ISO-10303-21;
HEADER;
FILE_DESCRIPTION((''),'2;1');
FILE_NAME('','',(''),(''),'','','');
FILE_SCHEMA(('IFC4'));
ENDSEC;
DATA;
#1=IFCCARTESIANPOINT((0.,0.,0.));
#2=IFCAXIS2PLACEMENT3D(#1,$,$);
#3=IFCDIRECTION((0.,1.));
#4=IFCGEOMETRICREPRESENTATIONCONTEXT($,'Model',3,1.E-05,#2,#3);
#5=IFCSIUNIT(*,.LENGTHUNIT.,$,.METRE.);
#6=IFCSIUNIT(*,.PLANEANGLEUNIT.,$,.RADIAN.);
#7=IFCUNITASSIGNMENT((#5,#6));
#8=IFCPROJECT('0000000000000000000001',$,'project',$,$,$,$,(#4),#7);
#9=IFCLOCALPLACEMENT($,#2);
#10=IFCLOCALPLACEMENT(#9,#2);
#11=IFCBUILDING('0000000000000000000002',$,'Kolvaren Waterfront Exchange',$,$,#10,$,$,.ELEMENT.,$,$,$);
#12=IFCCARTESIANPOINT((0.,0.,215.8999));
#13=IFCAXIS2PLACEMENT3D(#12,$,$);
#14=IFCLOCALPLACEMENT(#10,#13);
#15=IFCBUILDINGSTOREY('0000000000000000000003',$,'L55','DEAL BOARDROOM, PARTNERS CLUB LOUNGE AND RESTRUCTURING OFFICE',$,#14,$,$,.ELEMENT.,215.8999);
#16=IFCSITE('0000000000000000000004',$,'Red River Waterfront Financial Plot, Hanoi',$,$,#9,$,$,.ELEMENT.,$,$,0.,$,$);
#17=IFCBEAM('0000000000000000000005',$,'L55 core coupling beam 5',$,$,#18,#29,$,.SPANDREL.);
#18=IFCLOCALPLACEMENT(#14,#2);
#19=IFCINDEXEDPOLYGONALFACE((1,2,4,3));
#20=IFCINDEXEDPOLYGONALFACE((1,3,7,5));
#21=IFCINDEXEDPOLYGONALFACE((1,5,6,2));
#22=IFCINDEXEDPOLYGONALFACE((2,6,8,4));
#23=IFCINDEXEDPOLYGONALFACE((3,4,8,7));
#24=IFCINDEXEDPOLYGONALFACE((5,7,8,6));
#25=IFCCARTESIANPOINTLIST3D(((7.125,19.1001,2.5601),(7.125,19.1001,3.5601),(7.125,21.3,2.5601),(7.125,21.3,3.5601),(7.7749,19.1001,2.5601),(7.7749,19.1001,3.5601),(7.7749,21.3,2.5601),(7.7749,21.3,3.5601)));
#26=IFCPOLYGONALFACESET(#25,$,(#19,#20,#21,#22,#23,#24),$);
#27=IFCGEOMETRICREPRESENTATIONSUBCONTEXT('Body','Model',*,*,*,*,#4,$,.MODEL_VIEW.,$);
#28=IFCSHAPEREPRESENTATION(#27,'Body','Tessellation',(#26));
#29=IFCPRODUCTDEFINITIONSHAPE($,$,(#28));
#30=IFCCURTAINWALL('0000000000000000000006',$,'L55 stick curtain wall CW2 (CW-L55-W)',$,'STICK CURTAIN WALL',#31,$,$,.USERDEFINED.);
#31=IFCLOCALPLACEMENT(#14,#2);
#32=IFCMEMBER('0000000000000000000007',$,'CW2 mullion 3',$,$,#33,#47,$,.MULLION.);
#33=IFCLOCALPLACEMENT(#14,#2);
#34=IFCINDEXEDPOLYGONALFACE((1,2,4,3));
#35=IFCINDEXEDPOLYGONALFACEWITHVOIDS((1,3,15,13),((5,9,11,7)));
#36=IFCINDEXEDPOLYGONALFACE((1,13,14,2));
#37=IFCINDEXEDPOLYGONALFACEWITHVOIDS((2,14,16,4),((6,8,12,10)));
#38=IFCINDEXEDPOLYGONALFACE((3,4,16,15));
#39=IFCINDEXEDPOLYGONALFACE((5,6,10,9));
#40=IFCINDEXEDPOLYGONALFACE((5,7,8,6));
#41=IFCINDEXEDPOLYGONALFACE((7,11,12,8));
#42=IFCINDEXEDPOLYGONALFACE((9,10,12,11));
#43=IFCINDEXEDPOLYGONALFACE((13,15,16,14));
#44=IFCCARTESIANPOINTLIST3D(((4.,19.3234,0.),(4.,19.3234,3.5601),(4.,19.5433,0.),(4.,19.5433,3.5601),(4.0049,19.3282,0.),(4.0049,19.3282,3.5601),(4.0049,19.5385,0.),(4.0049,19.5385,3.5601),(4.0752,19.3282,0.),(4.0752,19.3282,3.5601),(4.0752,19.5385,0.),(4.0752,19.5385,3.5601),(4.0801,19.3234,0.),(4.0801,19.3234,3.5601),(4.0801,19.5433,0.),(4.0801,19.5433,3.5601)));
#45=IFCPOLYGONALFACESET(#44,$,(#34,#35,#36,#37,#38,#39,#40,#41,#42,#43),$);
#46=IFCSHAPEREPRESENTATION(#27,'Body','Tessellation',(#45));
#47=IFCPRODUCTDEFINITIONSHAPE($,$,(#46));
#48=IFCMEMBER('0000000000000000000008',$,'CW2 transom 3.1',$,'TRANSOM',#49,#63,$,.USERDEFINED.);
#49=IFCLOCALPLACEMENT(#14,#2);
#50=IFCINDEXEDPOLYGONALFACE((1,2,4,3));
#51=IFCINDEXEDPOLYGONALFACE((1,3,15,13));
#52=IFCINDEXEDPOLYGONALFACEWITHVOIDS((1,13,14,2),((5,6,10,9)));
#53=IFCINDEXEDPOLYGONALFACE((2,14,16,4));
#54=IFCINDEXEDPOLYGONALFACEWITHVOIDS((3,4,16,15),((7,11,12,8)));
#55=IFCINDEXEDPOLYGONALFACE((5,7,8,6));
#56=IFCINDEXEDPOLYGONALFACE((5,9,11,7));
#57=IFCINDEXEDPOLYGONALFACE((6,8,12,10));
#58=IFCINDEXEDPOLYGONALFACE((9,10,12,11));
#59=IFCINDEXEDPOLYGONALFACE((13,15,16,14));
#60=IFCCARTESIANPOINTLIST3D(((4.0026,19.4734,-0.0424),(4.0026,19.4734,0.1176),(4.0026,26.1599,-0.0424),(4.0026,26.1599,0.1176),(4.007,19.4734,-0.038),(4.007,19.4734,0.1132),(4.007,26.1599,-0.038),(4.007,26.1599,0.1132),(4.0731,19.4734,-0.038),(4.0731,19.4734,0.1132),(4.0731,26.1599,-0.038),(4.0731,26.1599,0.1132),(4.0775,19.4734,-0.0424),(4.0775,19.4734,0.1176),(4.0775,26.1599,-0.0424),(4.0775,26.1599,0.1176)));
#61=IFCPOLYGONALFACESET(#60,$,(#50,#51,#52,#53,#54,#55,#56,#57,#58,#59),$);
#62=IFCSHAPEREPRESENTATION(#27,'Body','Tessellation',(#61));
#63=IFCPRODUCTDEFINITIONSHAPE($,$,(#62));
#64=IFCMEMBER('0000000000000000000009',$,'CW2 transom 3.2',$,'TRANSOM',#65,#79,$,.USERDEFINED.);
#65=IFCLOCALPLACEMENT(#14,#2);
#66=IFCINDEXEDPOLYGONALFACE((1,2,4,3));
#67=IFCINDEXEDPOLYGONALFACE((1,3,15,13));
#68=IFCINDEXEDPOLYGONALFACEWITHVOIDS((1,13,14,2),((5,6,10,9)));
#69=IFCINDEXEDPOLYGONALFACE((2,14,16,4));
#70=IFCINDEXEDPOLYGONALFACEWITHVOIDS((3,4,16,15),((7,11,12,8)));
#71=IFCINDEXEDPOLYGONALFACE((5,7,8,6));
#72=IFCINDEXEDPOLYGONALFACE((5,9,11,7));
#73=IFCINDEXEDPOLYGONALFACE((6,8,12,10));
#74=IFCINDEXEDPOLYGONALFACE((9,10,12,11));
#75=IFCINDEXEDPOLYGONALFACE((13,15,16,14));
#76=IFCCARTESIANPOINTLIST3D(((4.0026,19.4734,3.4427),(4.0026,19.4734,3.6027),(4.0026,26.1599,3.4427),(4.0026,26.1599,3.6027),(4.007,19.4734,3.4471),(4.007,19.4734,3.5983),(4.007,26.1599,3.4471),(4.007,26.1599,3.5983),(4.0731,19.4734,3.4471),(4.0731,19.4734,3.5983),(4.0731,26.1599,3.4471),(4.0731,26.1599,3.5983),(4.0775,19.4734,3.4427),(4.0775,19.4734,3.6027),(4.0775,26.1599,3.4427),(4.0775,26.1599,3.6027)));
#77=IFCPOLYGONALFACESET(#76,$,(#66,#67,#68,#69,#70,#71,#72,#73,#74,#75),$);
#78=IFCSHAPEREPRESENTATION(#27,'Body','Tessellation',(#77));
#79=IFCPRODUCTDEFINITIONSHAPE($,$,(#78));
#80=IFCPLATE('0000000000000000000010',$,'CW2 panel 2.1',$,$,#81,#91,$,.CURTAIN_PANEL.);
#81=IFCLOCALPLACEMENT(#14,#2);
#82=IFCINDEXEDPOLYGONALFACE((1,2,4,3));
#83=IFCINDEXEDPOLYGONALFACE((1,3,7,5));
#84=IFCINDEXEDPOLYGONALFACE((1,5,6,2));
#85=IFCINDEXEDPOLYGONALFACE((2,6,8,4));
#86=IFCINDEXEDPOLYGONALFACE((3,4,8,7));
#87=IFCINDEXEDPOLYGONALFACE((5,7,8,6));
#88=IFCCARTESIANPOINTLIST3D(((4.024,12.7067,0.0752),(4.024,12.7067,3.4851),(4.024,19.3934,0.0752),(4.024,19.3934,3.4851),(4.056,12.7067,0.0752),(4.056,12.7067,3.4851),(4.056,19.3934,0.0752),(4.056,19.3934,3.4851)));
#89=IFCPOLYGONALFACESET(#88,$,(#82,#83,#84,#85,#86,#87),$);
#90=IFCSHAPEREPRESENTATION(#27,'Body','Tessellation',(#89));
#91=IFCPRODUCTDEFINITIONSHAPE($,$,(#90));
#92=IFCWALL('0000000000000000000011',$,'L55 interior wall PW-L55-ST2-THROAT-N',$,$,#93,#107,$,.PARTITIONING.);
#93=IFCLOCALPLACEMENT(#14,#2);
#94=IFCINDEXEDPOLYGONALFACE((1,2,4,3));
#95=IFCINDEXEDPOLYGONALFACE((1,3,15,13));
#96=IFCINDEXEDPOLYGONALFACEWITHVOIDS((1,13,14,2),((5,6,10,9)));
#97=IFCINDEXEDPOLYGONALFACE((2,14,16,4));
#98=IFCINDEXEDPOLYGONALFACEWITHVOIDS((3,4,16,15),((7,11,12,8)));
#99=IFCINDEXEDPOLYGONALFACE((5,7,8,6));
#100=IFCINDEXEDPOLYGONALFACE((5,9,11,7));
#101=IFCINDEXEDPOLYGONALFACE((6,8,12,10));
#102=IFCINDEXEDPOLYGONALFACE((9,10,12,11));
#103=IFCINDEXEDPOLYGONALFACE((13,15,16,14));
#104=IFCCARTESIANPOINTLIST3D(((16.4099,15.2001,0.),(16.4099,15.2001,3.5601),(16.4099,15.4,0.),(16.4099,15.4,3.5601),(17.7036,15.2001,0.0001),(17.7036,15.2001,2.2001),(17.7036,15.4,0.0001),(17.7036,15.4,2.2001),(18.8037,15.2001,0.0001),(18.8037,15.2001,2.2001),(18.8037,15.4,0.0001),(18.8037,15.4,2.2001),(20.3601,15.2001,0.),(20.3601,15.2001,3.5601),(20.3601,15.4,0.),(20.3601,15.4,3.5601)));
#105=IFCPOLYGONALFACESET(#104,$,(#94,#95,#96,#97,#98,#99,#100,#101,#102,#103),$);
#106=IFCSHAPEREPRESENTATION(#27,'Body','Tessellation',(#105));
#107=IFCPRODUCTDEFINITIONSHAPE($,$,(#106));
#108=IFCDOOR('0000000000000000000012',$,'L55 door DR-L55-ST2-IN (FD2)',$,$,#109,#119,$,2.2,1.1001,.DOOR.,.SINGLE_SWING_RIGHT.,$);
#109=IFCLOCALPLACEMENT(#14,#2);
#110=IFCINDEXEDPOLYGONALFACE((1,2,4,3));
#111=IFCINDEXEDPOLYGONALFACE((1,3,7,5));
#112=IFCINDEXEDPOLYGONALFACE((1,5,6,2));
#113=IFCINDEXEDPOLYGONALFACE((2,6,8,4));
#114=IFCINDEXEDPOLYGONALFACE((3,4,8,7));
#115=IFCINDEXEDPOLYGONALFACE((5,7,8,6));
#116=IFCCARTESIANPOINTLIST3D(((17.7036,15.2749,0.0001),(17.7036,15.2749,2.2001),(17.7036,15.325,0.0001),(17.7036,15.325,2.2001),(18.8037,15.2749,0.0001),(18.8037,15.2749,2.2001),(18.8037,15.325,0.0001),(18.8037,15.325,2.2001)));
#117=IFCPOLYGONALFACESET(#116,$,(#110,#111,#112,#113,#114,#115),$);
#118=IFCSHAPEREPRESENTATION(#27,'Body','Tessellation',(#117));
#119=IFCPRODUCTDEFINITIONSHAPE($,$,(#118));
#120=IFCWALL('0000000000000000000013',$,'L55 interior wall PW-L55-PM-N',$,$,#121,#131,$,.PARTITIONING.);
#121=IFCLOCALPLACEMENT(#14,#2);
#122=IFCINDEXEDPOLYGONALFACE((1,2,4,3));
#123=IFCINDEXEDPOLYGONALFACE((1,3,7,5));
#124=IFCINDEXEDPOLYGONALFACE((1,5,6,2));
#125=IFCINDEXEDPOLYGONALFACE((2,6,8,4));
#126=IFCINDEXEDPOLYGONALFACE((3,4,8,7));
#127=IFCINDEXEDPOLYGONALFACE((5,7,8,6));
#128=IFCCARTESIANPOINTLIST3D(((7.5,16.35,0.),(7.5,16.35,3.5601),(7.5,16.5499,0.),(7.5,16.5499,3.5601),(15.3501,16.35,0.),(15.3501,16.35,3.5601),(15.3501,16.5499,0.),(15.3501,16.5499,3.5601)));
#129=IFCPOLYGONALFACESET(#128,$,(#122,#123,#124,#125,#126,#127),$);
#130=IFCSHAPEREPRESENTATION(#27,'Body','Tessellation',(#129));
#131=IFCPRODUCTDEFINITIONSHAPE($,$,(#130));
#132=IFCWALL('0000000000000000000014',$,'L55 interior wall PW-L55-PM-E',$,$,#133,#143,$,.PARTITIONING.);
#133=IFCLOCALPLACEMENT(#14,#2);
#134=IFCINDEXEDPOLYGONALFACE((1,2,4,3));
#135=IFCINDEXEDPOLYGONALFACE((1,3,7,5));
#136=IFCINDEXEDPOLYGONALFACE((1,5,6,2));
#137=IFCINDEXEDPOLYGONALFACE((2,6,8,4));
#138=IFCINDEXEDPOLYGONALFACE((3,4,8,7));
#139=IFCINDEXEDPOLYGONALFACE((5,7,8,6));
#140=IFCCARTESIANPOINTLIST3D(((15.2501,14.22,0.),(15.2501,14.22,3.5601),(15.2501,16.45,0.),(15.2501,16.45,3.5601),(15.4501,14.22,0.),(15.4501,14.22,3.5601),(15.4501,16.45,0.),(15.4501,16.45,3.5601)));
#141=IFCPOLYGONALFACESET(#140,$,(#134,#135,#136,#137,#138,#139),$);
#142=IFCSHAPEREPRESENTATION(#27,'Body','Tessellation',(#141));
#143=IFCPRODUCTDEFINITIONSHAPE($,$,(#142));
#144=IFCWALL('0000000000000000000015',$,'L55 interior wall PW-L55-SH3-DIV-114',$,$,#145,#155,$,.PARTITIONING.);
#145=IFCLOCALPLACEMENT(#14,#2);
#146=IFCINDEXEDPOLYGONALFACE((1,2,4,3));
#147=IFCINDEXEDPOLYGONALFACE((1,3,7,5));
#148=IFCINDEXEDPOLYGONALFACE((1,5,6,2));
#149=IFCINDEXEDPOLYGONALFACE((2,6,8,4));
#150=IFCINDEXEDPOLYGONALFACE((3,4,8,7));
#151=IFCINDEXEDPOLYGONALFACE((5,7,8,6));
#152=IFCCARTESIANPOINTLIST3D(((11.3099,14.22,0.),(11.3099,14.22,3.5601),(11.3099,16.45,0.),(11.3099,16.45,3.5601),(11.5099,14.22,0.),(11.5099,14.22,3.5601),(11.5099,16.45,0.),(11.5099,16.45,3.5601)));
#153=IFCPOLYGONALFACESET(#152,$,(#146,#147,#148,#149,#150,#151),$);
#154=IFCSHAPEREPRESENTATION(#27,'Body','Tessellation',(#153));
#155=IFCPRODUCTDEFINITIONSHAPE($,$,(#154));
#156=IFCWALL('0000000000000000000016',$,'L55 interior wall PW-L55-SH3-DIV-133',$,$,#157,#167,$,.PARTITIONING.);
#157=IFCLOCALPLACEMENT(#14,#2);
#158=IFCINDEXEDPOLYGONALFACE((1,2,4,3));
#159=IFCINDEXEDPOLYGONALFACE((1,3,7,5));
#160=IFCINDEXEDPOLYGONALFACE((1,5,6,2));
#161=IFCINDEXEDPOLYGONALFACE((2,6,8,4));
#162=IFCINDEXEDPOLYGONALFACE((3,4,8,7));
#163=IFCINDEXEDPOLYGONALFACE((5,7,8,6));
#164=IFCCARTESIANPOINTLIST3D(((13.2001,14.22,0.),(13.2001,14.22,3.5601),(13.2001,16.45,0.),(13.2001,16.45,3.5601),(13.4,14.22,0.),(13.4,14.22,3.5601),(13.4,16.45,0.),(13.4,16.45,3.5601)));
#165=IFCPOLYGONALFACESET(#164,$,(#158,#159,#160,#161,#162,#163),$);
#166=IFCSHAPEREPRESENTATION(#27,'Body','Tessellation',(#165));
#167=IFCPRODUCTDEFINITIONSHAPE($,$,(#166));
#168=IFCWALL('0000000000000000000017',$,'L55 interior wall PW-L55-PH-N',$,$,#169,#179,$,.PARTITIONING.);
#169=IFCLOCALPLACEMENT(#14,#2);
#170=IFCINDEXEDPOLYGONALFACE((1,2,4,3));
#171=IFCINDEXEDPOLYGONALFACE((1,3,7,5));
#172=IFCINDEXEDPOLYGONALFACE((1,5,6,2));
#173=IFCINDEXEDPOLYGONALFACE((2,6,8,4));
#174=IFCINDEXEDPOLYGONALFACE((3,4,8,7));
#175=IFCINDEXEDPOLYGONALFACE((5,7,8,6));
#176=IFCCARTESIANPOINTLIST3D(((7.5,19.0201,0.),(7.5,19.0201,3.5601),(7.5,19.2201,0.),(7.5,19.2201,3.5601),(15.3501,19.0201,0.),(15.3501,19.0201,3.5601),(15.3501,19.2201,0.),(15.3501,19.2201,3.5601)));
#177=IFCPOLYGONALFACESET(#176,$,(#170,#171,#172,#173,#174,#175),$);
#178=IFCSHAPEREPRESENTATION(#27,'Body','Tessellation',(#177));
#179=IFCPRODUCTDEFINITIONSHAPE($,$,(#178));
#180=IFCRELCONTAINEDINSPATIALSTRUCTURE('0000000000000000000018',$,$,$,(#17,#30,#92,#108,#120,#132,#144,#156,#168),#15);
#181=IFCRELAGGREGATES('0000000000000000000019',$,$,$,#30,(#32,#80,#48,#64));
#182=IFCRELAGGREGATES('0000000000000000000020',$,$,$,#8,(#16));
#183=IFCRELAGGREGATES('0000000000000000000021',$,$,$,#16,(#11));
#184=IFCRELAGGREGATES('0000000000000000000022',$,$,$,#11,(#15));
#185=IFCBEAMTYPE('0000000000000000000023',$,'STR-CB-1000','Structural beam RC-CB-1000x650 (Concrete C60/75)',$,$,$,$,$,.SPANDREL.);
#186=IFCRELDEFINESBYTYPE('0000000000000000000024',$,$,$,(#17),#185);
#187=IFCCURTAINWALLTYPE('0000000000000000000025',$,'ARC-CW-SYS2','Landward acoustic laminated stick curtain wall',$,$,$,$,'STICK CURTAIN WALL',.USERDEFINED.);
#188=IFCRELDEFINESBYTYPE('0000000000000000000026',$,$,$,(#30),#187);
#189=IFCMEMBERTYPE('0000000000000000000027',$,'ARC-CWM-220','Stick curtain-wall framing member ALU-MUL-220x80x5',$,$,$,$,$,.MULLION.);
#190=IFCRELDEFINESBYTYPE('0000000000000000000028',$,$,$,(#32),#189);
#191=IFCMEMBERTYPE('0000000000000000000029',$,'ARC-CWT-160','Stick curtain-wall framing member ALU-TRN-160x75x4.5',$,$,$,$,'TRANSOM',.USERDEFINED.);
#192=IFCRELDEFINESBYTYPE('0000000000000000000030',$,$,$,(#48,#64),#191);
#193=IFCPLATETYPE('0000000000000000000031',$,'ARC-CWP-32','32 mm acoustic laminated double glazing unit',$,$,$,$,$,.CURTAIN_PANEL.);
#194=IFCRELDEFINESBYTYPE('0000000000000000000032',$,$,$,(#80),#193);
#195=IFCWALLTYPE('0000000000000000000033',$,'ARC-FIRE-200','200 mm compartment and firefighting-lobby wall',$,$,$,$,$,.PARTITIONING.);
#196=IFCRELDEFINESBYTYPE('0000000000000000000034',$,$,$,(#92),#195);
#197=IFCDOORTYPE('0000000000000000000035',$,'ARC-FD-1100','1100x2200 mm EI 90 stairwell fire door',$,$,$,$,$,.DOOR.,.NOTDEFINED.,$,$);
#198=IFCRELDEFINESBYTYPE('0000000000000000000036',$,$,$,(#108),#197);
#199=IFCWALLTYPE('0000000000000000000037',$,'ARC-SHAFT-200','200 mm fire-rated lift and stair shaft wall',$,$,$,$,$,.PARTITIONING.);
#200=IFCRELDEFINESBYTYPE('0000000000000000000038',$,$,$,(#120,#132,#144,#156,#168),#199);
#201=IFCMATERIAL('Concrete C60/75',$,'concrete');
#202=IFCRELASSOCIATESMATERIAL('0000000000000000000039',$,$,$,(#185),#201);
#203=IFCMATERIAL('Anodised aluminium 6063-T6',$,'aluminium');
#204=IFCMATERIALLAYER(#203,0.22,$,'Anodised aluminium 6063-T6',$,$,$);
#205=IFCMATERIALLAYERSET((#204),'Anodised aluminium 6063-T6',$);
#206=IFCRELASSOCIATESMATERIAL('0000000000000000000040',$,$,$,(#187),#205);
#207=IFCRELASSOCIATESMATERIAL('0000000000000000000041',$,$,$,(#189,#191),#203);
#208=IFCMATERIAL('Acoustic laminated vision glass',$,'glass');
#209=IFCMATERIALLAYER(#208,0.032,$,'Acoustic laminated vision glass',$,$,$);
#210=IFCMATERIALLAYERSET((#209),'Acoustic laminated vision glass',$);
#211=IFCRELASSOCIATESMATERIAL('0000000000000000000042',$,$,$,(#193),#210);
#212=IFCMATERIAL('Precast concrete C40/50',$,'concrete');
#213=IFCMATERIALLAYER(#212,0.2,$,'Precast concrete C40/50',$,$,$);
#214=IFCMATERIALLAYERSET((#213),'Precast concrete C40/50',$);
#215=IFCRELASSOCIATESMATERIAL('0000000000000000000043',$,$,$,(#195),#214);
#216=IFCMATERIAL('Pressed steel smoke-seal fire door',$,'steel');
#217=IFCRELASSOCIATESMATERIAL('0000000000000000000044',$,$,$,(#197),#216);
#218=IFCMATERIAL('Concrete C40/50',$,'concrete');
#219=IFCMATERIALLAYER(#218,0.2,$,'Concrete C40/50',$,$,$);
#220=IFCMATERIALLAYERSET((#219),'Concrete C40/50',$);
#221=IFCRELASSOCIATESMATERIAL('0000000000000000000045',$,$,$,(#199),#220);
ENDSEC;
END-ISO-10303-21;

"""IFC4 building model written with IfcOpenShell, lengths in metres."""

from ifc_helpers import new_model, si_unit, direction, frame, frame_2d, origin, origin_with_axes, origin_2d, place, context, subcontext, project, spatial, rectangle, hollow_rectangle, extrude, source, transform, mapped, material, layer, layer_set, material_profile, profile_set, type_object, element, fill, aggregate, save


model = new_model("IFC4")

# Units and contexts
model_context = context("Model", 3, precision=1e-05, world=origin(), true_north=direction((0.0, 1.0)))
body_context = subcontext(model_context, "Body", "Model", "MODEL_VIEW")
ifc_project = project(units=[si_unit("LENGTHUNIT", "METRE"), si_unit("PLANEANGLEUNIT", "RADIAN")], contexts=[model_context])

# Site, building, storey
site_placement = place(None, origin())
site = spatial("IfcSite", under=ifc_project, at=site_placement, Name="Red River Waterfront Financial Plot, Hanoi", CompositionType="ELEMENT", RefElevation=0.0)
building_placement = place(site_placement, origin())
building = spatial("IfcBuilding", under=site, at=building_placement, Name="Kolvaren Waterfront Exchange", CompositionType="ELEMENT")
storey_placement = place(building_placement, frame((0.0, 0.0, 215.8999)))
storey = spatial("IfcBuildingStorey", under=building, at=storey_placement, Name="L55", Description="DEAL BOARDROOM, PARTNERS CLUB LOUNGE AND RESTRUCTURING OFFICE", CompositionType="ELEMENT", Elevation=215.8999)

# Beam
ifc_material_1 = material(Name="Concrete C60/75", Category="concrete")
ifc_material_profile_1 = material_profile(ifc_material_1, rectangle(XDim=0.6499, YDim=1.0, at=origin_2d()), Name="RC-CB-1000x650")
ifc_profile_set_1 = profile_set([ifc_material_profile_1], Name="Concrete C60/75")
beam_type = type_object("IfcBeamType", Name="STR-CB-1000", Description="Structural beam RC-CB-1000x650 (Concrete C60/75)", PredefinedType="SPANDREL", material=ifc_profile_set_1)
beam_placement = place(storey_placement, frame((7.45, 19.1001, 3.0601), z_axis=(0.0, 1.0, 0.0), x_axis=(-1.0, 0.0, 0.0)))
element("IfcBeam", 1, at=beam_placement, inside=storey, type_object=beam_type, Name="L55 core coupling beam 5", PredefinedType="SPANDREL", context=body_context, shape_type="SweptSolid", body=[
    extrude(rectangle(XDim=0.6499, YDim=1.0, at=origin_2d()), origin(), (0.0, 0.0, 1.0), 2.2),
])

# Curtain wall, members, plate
ifc_material_2 = material(Name="Anodised aluminium 6063-T6", Category="aluminium")
ifc_layer_1 = layer(ifc_material_2, 0.22, Name="Anodised aluminium 6063-T6")
ifc_layer_set_1 = layer_set([ifc_layer_1], Name="Anodised aluminium 6063-T6")
curtain_wall_type = type_object("IfcCurtainWallType", Name="ARC-CW-SYS2", Description="Landward acoustic laminated stick curtain wall", ElementType="STICK CURTAIN WALL", PredefinedType="USERDEFINED", material=ifc_layer_set_1)
curtain_wall_placement = place(storey_placement, origin())
curtain_wall = element("IfcCurtainWall", 2, at=curtain_wall_placement, inside=storey, type_object=curtain_wall_type, Name="L55 stick curtain wall CW2 (CW-L55-W)", ObjectType="STICK CURTAIN WALL", PredefinedType="USERDEFINED")
ifc_material_profile_2 = material_profile(ifc_material_2, hollow_rectangle(XDim=0.0801, YDim=0.22, WallThickness=0.0049, at=origin_2d()), Name="ALU-MUL-220x80x5")
ifc_profile_set_2 = profile_set([ifc_material_profile_2], Name="Anodised aluminium 6063-T6")
member_type_1 = type_object("IfcMemberType", Name="ARC-CWM-220", Description="Stick curtain-wall framing member ALU-MUL-220x80x5", PredefinedType="MULLION", material=ifc_profile_set_2)
shared_shape_1 = source(origin_with_axes(), body_context, "Body", "SweptSolid", [
    extrude(hollow_rectangle(XDim=0.0801, YDim=0.22, WallThickness=0.0049, at=origin_2d()), origin(), (0.0, 0.0, 1.0), 3.5601),
])
member_1_placement = place(storey_placement, frame((4.04, 19.4333, 0.0), z_axis=(0.0, 0.0, 1.0), x_axis=(-1.0, 0.0, 0.0)))
member_1 = element("IfcMember", 3, at=member_1_placement, type_object=member_type_1, Name="CW2 mullion 3", PredefinedType="MULLION", context=body_context, shape_type="MappedRepresentation", body=[
    mapped(shared_shape_1, transform((0.0, 0.0, 0.0), x_axis=(1.0, 0.0, 0.0), y_axis=(0.0, 1.0, 0.0), z_axis=(0.0, 0.0, 1.0), scale=1.0)),
])
ifc_material_profile_3 = material_profile(ifc_material_2, hollow_rectangle(XDim=0.075, YDim=0.1599, WallThickness=0.0044, at=origin_2d()), Name="ALU-TRN-160x75x4.5")
ifc_profile_set_3 = profile_set([ifc_material_profile_3], Name="Anodised aluminium 6063-T6")
member_type_2 = type_object("IfcMemberType", Name="ARC-CWT-160", Description="Stick curtain-wall framing member ALU-TRN-160x75x4.5", ElementType="TRANSOM", PredefinedType="USERDEFINED", material=ifc_profile_set_3)
shared_shape_2 = source(origin_with_axes(), body_context, "Body", "SweptSolid", [
    extrude(hollow_rectangle(XDim=0.075, YDim=0.1599, WallThickness=0.0044, at=origin_2d()), origin(), (0.0, 0.0, 1.0), 6.6865),
])
member_2_placement = place(storey_placement, frame((4.04, 19.4734, 0.0376), z_axis=(0.0, 1.0, 0.0), x_axis=(-1.0, 0.0, 0.0)))
member_2 = element("IfcMember", 4, at=member_2_placement, type_object=member_type_2, Name="CW2 transom 3.1", ObjectType="TRANSOM", PredefinedType="USERDEFINED", context=body_context, shape_type="MappedRepresentation", body=[
    mapped(shared_shape_2, transform((0.0, 0.0, 0.0), x_axis=(1.0, 0.0, 0.0), y_axis=(0.0, 1.0, 0.0), z_axis=(0.0, 0.0, 1.0), scale=1.0)),
])
member_3_placement = place(storey_placement, frame((4.04, 19.4734, 3.5227), z_axis=(0.0, 1.0, 0.0), x_axis=(-1.0, 0.0, 0.0)))
member_3 = element("IfcMember", 5, at=member_3_placement, type_object=member_type_2, Name="CW2 transom 3.2", ObjectType="TRANSOM", PredefinedType="USERDEFINED", context=body_context, shape_type="MappedRepresentation", body=[
    mapped(shared_shape_2, transform((0.0, 0.0, 0.0), x_axis=(1.0, 0.0, 0.0), y_axis=(0.0, 1.0, 0.0), z_axis=(0.0, 0.0, 1.0), scale=1.0)),
])
ifc_material_3 = material(Name="Acoustic laminated vision glass", Category="glass")
ifc_layer_2 = layer(ifc_material_3, 0.032, Name="Acoustic laminated vision glass")
ifc_layer_set_2 = layer_set([ifc_layer_2], Name="Acoustic laminated vision glass")
plate_type = type_object("IfcPlateType", Name="ARC-CWP-32", Description="32 mm acoustic laminated double glazing unit", PredefinedType="CURTAIN_PANEL", material=ifc_layer_set_2)
shared_shape_3 = source(origin_with_axes(), body_context, "Body", "SweptSolid", [
    extrude(rectangle(XDim=6.6868, YDim=0.032, at=origin_2d()), origin(), (0.0, 0.0, 1.0), 3.4099),
])
plate_placement = place(storey_placement, frame((4.04, 16.05, 0.0752), z_axis=(0.0, 0.0, 1.0), x_axis=(0.0, 1.0, 0.0)))
plate = element("IfcPlate", 6, at=plate_placement, type_object=plate_type, Name="CW2 panel 2.1", PredefinedType="CURTAIN_PANEL", context=body_context, shape_type="MappedRepresentation", body=[
    mapped(shared_shape_3, transform((0.0, 0.0, 0.0), x_axis=(1.0, 0.0, 0.0), y_axis=(0.0, 1.0, 0.0), z_axis=(0.0, 0.0, 1.0), scale=1.0)),
])
aggregate(curtain_wall, [member_1, plate, member_2, member_3])

# Wall, opening, door
ifc_material_4 = material(Name="Precast concrete C40/50", Category="concrete")
ifc_layer_3 = layer(ifc_material_4, 0.2, Name="Precast concrete C40/50")
ifc_layer_set_3 = layer_set([ifc_layer_3], Name="Precast concrete C40/50")
wall_type_1 = type_object("IfcWallType", Name="ARC-FIRE-200", Description="200 mm compartment and firefighting-lobby wall", PredefinedType="PARTITIONING", material=ifc_layer_set_3)
wall_1_placement = place(storey_placement, frame((16.4099, 15.3, 0.0), z_axis=(0.0, 0.0, 1.0), x_axis=(1.0, 0.0, 0.0)))
wall_1 = element("IfcWall", 7, at=wall_1_placement, inside=storey, type_object=wall_type_1, Name="L55 interior wall PW-L55-ST2-THROAT-N", PredefinedType="PARTITIONING", context=body_context, shape_type="SweptSolid", body=[
    extrude(rectangle(XDim=3.9502, YDim=0.2, at=frame_2d((1.9751, 0.0))), origin(), (0.0, 0.0, 1.0), 3.5601),
])
opening_placement = place(wall_1_placement, frame((1.2937, 0.0, 0.0)))
opening = element("IfcOpeningElement", 8, at=opening_placement, cuts=wall_1, PredefinedType="OPENING", context=body_context, shape_type="SweptSolid", body=[
    extrude(rectangle(XDim=1.1001, YDim=2.2, at=frame_2d((0.55, 1.1001))), frame((0.0, 0.1099, 0.0), z_axis=(0.0, -1.0, 0.0), x_axis=(1.0, 0.0, 0.0)), (0.0, 0.0, 1.0), 0.22),
])
ifc_material_5 = material(Name="Pressed steel smoke-seal fire door", Category="steel")
door_type = type_object("IfcDoorType", Name="ARC-FD-1100", Description="1100x2200 mm EI 90 stairwell fire door", OperationType="NOTDEFINED", PredefinedType="DOOR", material=ifc_material_5)
door_placement = place(opening_placement, origin())
door = element("IfcDoor", 9, at=door_placement, inside=storey, type_object=door_type, Name="L55 door DR-L55-ST2-IN (FD2)", OperationType="SINGLE_SWING_RIGHT", OverallHeight=2.2, OverallWidth=1.1001, PredefinedType="DOOR", context=body_context, shape_type="SweptSolid", body=[
    extrude(rectangle(XDim=1.1001, YDim=2.2, at=frame_2d((0.55, 1.1001))), frame((0.0, 0.0249, 0.0), z_axis=(0.0, -1.0, 0.0), x_axis=(1.0, 0.0, 0.0)), (0.0, 0.0, 1.0), 0.05),
])
fill(opening, door)

# Walls
ifc_material_6 = material(Name="Concrete C40/50", Category="concrete")
ifc_layer_4 = layer(ifc_material_6, 0.2, Name="Concrete C40/50")
ifc_layer_set_4 = layer_set([ifc_layer_4], Name="Concrete C40/50")
wall_type_2 = type_object("IfcWallType", Name="ARC-SHAFT-200", Description="200 mm fire-rated lift and stair shaft wall", PredefinedType="PARTITIONING", material=ifc_layer_set_4)
wall_2_placement = place(storey_placement, frame((7.5, 16.45, 0.0), z_axis=(0.0, 0.0, 1.0), x_axis=(1.0, 0.0, 0.0)))
element("IfcWall", 10, at=wall_2_placement, inside=storey, type_object=wall_type_2, Name="L55 interior wall PW-L55-PM-N", PredefinedType="PARTITIONING", context=body_context, shape_type="SweptSolid", body=[
    extrude(rectangle(XDim=7.8501, YDim=0.2, at=frame_2d((3.925, 0.0))), origin(), (0.0, 0.0, 1.0), 3.5601),
])
for number, where, z_axis, x_axis, name in (
    (11, (15.3501, 14.22, 0.0), (0.0, 0.0, 1.0), (0.0, 1.0, 0.0), "L55 interior wall PW-L55-PM-E"),
    (12, (11.4099, 14.22, 0.0), (0.0, 0.0, 1.0), (0.0, 1.0, 0.0), "L55 interior wall PW-L55-SH3-DIV-114"),
    (13, (13.3, 14.22, 0.0), (0.0, 0.0, 1.0), (0.0, 1.0, 0.0), "L55 interior wall PW-L55-SH3-DIV-133"),
):
    element("IfcWall", number, at=place(storey_placement, frame(where, z_axis=z_axis, x_axis=x_axis)), inside=storey, type_object=wall_type_2, Name=name, PredefinedType="PARTITIONING", context=body_context, shape_type="SweptSolid", body=[
        extrude(rectangle(XDim=2.23, YDim=0.2, at=frame_2d((1.115, 0.0))), origin(), (0.0, 0.0, 1.0), 3.5601),
    ])
wall_3_placement = place(storey_placement, frame((7.5, 19.1201, 0.0), z_axis=(0.0, 0.0, 1.0), x_axis=(1.0, 0.0, 0.0)))
element("IfcWall", 14, at=wall_3_placement, inside=storey, type_object=wall_type_2, Name="L55 interior wall PW-L55-PH-N", PredefinedType="PARTITIONING", context=body_context, shape_type="SweptSolid", body=[
    extrude(rectangle(XDim=7.8501, YDim=0.2, at=frame_2d((3.925, 0.0))), origin(), (0.0, 0.0, 1.0), 3.5601),
])

save(model, "model.ifc")
